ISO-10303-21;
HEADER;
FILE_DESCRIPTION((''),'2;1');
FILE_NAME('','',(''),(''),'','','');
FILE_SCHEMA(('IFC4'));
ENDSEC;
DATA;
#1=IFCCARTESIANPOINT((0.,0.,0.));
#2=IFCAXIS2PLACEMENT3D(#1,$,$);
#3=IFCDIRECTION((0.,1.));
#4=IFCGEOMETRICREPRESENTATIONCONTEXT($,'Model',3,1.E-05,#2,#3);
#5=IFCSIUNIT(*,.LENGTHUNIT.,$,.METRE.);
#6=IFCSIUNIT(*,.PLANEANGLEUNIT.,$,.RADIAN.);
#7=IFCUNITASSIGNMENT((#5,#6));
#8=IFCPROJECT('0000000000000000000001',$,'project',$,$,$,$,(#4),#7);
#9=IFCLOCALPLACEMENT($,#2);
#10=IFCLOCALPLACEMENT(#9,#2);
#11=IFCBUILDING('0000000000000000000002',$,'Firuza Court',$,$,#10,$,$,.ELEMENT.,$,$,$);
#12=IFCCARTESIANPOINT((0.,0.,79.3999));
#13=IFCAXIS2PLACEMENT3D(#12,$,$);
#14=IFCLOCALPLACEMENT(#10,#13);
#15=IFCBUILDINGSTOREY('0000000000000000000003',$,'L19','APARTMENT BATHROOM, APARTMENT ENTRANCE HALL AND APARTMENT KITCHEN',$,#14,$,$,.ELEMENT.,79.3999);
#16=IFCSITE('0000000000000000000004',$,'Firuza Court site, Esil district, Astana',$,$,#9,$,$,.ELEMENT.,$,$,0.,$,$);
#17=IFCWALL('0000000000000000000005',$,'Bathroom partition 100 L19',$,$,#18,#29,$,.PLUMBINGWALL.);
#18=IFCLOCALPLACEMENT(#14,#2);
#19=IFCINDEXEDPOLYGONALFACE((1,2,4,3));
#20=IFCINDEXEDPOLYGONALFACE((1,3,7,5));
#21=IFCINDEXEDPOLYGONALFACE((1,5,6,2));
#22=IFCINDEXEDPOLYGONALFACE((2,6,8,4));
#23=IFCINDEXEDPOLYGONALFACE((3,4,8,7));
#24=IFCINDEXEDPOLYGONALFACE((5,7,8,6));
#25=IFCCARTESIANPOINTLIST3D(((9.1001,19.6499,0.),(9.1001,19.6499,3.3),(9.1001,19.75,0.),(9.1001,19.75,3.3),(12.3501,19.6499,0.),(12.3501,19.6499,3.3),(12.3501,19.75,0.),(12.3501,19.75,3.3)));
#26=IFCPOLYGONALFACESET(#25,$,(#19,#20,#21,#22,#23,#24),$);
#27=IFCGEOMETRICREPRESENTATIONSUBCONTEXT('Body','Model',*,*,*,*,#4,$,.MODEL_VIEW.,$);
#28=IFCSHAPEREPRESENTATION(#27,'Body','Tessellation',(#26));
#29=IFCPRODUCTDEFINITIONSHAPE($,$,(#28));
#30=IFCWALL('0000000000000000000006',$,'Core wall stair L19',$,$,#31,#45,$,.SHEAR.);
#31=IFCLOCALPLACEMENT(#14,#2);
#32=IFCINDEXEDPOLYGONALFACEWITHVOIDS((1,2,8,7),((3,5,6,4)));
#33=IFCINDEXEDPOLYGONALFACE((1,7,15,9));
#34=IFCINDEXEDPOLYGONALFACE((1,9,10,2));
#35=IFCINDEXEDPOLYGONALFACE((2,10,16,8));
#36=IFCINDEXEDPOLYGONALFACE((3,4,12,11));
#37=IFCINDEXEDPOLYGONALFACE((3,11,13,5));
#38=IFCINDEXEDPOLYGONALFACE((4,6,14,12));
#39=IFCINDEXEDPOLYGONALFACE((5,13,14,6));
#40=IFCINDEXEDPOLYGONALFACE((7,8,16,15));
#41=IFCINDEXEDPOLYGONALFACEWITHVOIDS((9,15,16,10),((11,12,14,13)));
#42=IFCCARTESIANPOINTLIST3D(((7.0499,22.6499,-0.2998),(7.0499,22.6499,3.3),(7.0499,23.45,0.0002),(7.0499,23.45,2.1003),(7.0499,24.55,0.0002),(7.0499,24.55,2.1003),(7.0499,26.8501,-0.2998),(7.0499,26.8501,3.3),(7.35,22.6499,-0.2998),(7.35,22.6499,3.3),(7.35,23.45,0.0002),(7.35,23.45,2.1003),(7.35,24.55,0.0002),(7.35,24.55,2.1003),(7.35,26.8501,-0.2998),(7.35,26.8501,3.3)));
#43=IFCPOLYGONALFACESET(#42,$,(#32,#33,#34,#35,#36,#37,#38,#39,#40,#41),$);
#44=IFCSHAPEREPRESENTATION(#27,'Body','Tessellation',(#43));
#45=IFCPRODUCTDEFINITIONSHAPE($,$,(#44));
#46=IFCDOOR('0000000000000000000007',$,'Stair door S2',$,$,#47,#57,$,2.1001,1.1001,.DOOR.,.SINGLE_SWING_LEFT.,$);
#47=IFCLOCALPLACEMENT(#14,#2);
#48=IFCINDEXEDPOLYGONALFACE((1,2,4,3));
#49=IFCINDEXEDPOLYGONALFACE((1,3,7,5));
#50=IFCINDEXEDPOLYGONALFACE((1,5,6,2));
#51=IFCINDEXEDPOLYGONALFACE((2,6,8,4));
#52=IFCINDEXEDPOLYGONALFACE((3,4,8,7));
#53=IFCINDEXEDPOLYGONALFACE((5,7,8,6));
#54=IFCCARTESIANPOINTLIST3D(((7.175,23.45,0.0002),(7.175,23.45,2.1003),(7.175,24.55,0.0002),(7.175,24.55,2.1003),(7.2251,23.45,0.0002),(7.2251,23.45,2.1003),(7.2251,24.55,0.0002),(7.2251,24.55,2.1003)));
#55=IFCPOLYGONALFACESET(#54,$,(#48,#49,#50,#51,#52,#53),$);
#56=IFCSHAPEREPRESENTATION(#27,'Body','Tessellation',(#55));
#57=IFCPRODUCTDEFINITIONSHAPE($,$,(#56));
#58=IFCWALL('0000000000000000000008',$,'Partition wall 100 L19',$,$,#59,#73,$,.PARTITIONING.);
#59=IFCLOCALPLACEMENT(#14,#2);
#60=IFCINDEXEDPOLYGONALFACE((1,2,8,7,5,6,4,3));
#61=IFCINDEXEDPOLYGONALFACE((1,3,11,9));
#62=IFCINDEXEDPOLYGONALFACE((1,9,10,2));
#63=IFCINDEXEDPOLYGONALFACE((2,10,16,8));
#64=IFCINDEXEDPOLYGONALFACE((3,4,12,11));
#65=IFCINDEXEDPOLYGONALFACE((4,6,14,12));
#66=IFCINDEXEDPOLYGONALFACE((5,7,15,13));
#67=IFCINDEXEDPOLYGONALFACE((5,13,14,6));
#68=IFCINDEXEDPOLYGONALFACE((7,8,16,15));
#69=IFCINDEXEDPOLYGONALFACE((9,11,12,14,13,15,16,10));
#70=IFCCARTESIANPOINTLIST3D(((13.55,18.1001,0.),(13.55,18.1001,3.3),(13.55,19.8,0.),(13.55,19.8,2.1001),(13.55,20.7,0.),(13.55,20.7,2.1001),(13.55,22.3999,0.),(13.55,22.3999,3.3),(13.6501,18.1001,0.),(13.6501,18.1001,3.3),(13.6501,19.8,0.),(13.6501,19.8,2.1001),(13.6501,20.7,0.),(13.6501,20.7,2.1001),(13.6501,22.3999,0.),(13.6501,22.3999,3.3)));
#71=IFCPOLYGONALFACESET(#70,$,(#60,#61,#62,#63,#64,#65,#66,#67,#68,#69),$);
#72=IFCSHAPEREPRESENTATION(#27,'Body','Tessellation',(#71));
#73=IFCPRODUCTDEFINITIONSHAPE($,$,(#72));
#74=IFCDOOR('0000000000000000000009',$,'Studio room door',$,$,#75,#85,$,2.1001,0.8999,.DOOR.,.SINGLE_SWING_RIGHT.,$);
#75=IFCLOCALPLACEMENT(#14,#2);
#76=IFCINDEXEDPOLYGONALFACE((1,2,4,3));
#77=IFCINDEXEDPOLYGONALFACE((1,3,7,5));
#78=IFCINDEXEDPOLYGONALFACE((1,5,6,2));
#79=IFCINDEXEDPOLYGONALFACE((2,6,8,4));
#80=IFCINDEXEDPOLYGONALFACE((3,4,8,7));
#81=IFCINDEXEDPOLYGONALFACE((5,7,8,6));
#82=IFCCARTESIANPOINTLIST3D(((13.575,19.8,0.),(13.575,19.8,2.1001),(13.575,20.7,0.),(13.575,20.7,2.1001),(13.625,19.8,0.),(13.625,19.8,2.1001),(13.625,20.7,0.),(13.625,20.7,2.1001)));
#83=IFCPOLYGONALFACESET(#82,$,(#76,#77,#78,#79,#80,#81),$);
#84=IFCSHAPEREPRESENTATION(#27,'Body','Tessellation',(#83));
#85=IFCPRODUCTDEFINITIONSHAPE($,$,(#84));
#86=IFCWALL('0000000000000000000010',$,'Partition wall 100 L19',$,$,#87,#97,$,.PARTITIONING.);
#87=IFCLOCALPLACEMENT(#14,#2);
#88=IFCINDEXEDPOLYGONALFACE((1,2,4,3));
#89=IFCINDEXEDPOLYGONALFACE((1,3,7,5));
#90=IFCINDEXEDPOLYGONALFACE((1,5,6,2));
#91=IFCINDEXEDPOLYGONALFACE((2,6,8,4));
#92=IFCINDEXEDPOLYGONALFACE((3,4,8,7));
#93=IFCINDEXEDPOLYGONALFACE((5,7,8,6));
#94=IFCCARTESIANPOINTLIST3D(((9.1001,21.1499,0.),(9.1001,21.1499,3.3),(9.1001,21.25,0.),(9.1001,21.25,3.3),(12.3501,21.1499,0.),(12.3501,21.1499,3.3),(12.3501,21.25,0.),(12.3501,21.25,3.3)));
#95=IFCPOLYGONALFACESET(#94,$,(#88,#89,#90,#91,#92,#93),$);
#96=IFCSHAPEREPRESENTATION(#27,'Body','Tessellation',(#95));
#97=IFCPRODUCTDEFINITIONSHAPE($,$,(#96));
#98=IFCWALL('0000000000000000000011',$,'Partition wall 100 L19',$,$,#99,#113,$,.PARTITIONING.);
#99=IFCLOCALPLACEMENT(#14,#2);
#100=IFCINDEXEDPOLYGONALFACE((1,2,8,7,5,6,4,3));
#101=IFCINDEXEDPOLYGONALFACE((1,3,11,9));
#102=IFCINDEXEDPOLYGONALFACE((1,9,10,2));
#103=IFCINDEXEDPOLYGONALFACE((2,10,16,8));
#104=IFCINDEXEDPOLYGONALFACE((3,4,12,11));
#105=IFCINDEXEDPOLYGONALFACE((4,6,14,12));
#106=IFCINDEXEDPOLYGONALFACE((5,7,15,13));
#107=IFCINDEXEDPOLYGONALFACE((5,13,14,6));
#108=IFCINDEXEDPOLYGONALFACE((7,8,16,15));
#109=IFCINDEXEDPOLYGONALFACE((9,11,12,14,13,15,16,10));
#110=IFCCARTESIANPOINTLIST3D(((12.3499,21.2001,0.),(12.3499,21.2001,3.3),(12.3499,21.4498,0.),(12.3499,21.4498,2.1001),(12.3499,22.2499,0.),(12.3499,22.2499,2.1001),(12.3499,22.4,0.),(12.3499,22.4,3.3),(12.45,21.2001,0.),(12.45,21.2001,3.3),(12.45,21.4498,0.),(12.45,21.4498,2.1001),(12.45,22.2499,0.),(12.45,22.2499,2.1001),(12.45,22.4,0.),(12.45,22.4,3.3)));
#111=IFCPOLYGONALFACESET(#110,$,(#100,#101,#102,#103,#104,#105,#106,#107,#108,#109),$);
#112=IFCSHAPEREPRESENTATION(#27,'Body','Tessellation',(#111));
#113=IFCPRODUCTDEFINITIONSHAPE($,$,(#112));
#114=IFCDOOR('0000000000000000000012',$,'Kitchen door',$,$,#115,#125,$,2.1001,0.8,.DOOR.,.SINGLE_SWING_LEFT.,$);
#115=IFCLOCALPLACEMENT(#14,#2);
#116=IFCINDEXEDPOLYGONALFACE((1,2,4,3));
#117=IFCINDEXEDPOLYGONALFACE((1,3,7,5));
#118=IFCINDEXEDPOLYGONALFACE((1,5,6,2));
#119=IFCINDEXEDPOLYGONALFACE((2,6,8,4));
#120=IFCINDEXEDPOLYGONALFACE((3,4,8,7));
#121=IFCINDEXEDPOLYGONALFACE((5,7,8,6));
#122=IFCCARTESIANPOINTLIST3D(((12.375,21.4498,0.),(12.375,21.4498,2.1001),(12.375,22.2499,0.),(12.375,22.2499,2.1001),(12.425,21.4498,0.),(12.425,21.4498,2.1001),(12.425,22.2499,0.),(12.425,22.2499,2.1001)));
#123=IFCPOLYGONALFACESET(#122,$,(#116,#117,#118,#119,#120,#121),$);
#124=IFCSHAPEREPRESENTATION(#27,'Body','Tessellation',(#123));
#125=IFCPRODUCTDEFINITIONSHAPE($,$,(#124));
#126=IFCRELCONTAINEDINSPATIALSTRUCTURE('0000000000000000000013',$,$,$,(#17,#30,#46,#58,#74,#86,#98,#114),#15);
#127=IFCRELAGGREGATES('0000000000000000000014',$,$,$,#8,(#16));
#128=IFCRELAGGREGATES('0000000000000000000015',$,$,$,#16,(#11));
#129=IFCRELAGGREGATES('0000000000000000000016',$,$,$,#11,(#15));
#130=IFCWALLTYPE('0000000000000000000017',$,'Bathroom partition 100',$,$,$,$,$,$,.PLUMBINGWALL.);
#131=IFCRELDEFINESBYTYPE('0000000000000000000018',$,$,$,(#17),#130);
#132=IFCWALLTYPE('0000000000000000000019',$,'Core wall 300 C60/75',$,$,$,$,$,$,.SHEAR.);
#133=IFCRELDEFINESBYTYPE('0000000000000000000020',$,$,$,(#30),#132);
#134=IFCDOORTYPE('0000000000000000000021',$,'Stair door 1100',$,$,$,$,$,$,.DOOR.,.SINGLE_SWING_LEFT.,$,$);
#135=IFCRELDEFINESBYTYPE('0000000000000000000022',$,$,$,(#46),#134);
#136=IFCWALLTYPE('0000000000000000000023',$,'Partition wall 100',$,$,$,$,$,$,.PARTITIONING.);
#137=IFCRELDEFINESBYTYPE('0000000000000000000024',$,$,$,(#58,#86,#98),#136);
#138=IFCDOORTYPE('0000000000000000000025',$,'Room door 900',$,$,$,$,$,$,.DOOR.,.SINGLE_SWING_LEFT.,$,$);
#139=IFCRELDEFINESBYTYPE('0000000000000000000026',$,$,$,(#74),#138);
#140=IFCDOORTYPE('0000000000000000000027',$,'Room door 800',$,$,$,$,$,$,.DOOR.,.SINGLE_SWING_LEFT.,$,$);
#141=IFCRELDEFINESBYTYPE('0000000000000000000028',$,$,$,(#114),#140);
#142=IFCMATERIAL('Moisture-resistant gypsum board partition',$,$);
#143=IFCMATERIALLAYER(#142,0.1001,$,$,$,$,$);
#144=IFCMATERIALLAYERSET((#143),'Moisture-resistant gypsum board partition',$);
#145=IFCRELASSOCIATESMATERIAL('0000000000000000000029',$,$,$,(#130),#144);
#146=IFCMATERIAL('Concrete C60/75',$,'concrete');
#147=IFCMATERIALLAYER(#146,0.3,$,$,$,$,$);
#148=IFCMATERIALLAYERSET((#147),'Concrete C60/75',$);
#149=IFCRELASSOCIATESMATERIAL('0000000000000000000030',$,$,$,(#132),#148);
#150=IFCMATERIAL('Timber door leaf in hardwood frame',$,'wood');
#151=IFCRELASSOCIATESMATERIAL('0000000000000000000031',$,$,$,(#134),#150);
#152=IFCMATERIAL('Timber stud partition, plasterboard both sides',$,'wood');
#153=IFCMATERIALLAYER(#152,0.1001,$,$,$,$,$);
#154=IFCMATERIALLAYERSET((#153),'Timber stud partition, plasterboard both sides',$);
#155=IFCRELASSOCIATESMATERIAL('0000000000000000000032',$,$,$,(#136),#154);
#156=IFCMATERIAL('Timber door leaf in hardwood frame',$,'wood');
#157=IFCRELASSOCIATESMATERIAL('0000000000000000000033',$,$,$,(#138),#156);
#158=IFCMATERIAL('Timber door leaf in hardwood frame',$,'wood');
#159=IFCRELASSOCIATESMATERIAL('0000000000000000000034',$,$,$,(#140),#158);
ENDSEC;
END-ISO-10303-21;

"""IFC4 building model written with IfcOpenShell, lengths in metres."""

from ifc_helpers import new_model, si_unit, direction, frame, frame_2d, origin, place, context, subcontext, project, spatial, rectangle, extrude, material, layer, layer_set, type_object, element, fill, save


model = new_model("IFC4")

# Units and contexts
model_context = context("Model", 3, precision=1e-05, world=origin(), true_north=direction((0.0, 1.0)))
body_context = subcontext(model_context, "Body", "Model", "MODEL_VIEW")
ifc_project = project(units=[si_unit("LENGTHUNIT", "METRE"), si_unit("PLANEANGLEUNIT", "RADIAN")], contexts=[model_context])

# Site, building, storey
site_placement = place(None, origin())
site = spatial("IfcSite", under=ifc_project, at=site_placement, Name="Firuza Court site, Esil district, Astana", CompositionType="ELEMENT", RefElevation=0.0)
building_placement = place(site_placement, origin())
building = spatial("IfcBuilding", under=site, at=building_placement, Name="Firuza Court", CompositionType="ELEMENT")
storey_placement = place(building_placement, frame((0.0, 0.0, 79.3999)))
storey = spatial("IfcBuildingStorey", under=building, at=storey_placement, Name="L19", Description="APARTMENT BATHROOM, APARTMENT ENTRANCE HALL AND APARTMENT KITCHEN", CompositionType="ELEMENT", Elevation=79.3999)

# Wall
ifc_material_1 = material(Name="Moisture-resistant gypsum board partition")
ifc_layer_1 = layer(ifc_material_1, 0.1001)
ifc_layer_set_1 = layer_set([ifc_layer_1], Name="Moisture-resistant gypsum board partition")
wall_type_1 = type_object("IfcWallType", Name="Bathroom partition 100", PredefinedType="PLUMBINGWALL", material=ifc_layer_set_1)
wall_1_placement = place(storey_placement, frame((9.1001, 19.7, 0.0), z_axis=(0.0, 0.0, 1.0), x_axis=(1.0, 0.0, 0.0)))
element("IfcWall", 1, at=wall_1_placement, inside=storey, type_object=wall_type_1, Name="Bathroom partition 100 L19", PredefinedType="PLUMBINGWALL", context=body_context, shape_type="SweptSolid", body=[
    extrude(rectangle(XDim=3.25, YDim=0.1001, at=frame_2d((1.625, 0.0))), origin(), (0.0, 0.0, 1.0), 3.3),
])

# Walls, openings, doors
ifc_material_2 = material(Name="Concrete C60/75", Category="concrete")
ifc_layer_2 = layer(ifc_material_2, 0.3)
ifc_layer_set_2 = layer_set([ifc_layer_2], Name="Concrete C60/75")
wall_type_2 = type_object("IfcWallType", Name="Core wall 300 C60/75", PredefinedType="SHEAR", material=ifc_layer_set_2)
wall_2_placement = place(storey_placement, frame((7.2, 22.6499, -0.2998), z_axis=(0.0, 0.0, 1.0), x_axis=(0.0, 1.0, 0.0)))
wall_2 = element("IfcWall", 2, at=wall_2_placement, inside=storey, type_object=wall_type_2, Name="Core wall stair L19", PredefinedType="SHEAR", context=body_context, shape_type="SweptSolid", body=[
    extrude(rectangle(XDim=4.2002, YDim=0.3, at=frame_2d((2.1001, 0.0))), origin(), (0.0, 0.0, 1.0), 3.5999),
])
opening_1_placement = place(wall_2_placement, frame((0.8, 0.0, 0.3)))
opening_1 = element("IfcOpeningElement", 3, at=opening_1_placement, cuts=wall_2, PredefinedType="OPENING", context=body_context, shape_type="SweptSolid", body=[
    extrude(rectangle(XDim=1.1001, YDim=2.1001, at=frame_2d((0.55, 1.05))), frame((0.0, 0.1621, 0.0), z_axis=(0.0, -1.0, 0.0), x_axis=(1.0, 0.0, 0.0)), (0.0, 0.0, 1.0), 0.324),
])
ifc_material_3 = material(Name="Timber door leaf in hardwood frame", Category="wood")
door_type_1 = type_object("IfcDoorType", Name="Stair door 1100", OperationType="SINGLE_SWING_LEFT", PredefinedType="DOOR", material=ifc_material_3)
door_1_placement = place(opening_1_placement, origin())
door_1 = element("IfcDoor", 4, at=door_1_placement, inside=storey, type_object=door_type_1, Name="Stair door S2", OperationType="SINGLE_SWING_LEFT", OverallHeight=2.1001, OverallWidth=1.1001, PredefinedType="DOOR", context=body_context, shape_type="SweptSolid", body=[
    extrude(rectangle(XDim=1.1001, YDim=2.1001, at=frame_2d((0.55, 1.05))), frame((0.0, 0.0249, 0.0), z_axis=(0.0, -1.0, 0.0), x_axis=(1.0, 0.0, 0.0)), (0.0, 0.0, 1.0), 0.05),
])
fill(opening_1, door_1)
ifc_material_4 = material(Name="Timber stud partition, plasterboard both sides", Category="wood")
ifc_layer_3 = layer(ifc_material_4, 0.1001)
ifc_layer_set_3 = layer_set([ifc_layer_3], Name="Timber stud partition, plasterboard both sides")
wall_type_3 = type_object("IfcWallType", Name="Partition wall 100", PredefinedType="PARTITIONING", material=ifc_layer_set_3)
wall_3_placement = place(storey_placement, frame((13.6001, 18.1001, 0.0), z_axis=(0.0, 0.0, 1.0), x_axis=(0.0, 1.0, 0.0)))
wall_3 = element("IfcWall", 5, at=wall_3_placement, inside=storey, type_object=wall_type_3, Name="Partition wall 100 L19", PredefinedType="PARTITIONING", context=body_context, shape_type="SweptSolid", body=[
    extrude(rectangle(XDim=4.2998, YDim=0.1001, at=frame_2d((2.1499, 0.0))), origin(), (0.0, 0.0, 1.0), 3.3),
])
opening_2_placement = place(wall_3_placement, frame((1.7, 0.0, 0.0)))
opening_2 = element("IfcOpeningElement", 6, at=opening_2_placement, cuts=wall_3, PredefinedType="OPENING", context=body_context, shape_type="SweptSolid", body=[
    extrude(rectangle(XDim=0.8999, YDim=2.1001, at=frame_2d((0.45, 1.05))), frame((0.0, 0.062, 0.0), z_axis=(0.0, -1.0, 0.0), x_axis=(1.0, 0.0, 0.0)), (0.0, 0.0, 1.0), 0.124),
])
ifc_material_5 = material(Name="Timber door leaf in hardwood frame", Category="wood")
door_type_2 = type_object("IfcDoorType", Name="Room door 900", OperationType="SINGLE_SWING_LEFT", PredefinedType="DOOR", material=ifc_material_5)
door_2_placement = place(opening_2_placement, frame((0.8999, 0.0, 0.0), z_axis=(0.0, 0.0, 1.0), x_axis=(-1.0, 0.0, 0.0)))
door_2 = element("IfcDoor", 7, at=door_2_placement, inside=storey, type_object=door_type_2, Name="Studio room door", OperationType="SINGLE_SWING_RIGHT", OverallHeight=2.1001, OverallWidth=0.8999, PredefinedType="DOOR", context=body_context, shape_type="SweptSolid", body=[
    extrude(rectangle(XDim=0.8999, YDim=2.1001, at=frame_2d((0.45, 1.05))), frame((0.0, 0.0249, 0.0), z_axis=(0.0, -1.0, 0.0), x_axis=(1.0, 0.0, 0.0)), (0.0, 0.0, 1.0), 0.05),
])
fill(opening_2, door_2)

# Wall
wall_4_placement = place(storey_placement, frame((9.1001, 21.2, 0.0), z_axis=(0.0, 0.0, 1.0), x_axis=(1.0, 0.0, 0.0)))
element("IfcWall", 8, at=wall_4_placement, inside=storey, type_object=wall_type_3, Name="Partition wall 100 L19", PredefinedType="PARTITIONING", context=body_context, shape_type="SweptSolid", body=[
    extrude(rectangle(XDim=3.25, YDim=0.1001, at=frame_2d((1.625, 0.0))), origin(), (0.0, 0.0, 1.0), 3.3),
])

# Wall, opening, door
wall_5_placement = place(storey_placement, frame((12.3999, 21.2, 0.0), z_axis=(0.0, 0.0, 1.0), x_axis=(0.0, 1.0, 0.0)))
wall_5 = element("IfcWall", 9, at=wall_5_placement, inside=storey, type_object=wall_type_3, Name="Partition wall 100 L19", PredefinedType="PARTITIONING", context=body_context, shape_type="SweptSolid", body=[
    extrude(rectangle(XDim=1.2, YDim=0.1001, at=frame_2d((0.6001, 0.0))), origin(), (0.0, 0.0, 1.0), 3.3),
])
opening_3_placement = place(wall_5_placement, frame((0.25, 0.0, 0.0)))
opening_3 = element("IfcOpeningElement", 10, at=opening_3_placement, cuts=wall_5, PredefinedType="OPENING", context=body_context, shape_type="SweptSolid", body=[
    extrude(rectangle(XDim=0.8, YDim=2.1001, at=frame_2d((0.3999, 1.05))), frame((0.0, 0.062, 0.0), z_axis=(0.0, -1.0, 0.0), x_axis=(1.0, 0.0, 0.0)), (0.0, 0.0, 1.0), 0.124),
])
ifc_material_6 = material(Name="Timber door leaf in hardwood frame", Category="wood")
door_type_3 = type_object("IfcDoorType", Name="Room door 800", OperationType="SINGLE_SWING_LEFT", PredefinedType="DOOR", material=ifc_material_6)
door_3_placement = place(opening_3_placement, origin())
door_3 = element("IfcDoor", 11, at=door_3_placement, inside=storey, type_object=door_type_3, Name="Kitchen door", OperationType="SINGLE_SWING_LEFT", OverallHeight=2.1001, OverallWidth=0.8, PredefinedType="DOOR", context=body_context, shape_type="SweptSolid", body=[
    extrude(rectangle(XDim=0.8, YDim=2.1001, at=frame_2d((0.3999, 1.05))), frame((0.0, 0.0249, 0.0), z_axis=(0.0, -1.0, 0.0), x_axis=(1.0, 0.0, 0.0)), (0.0, 0.0, 1.0), 0.05),
])
fill(opening_3, door_3)

save(model, "model.ifc")
